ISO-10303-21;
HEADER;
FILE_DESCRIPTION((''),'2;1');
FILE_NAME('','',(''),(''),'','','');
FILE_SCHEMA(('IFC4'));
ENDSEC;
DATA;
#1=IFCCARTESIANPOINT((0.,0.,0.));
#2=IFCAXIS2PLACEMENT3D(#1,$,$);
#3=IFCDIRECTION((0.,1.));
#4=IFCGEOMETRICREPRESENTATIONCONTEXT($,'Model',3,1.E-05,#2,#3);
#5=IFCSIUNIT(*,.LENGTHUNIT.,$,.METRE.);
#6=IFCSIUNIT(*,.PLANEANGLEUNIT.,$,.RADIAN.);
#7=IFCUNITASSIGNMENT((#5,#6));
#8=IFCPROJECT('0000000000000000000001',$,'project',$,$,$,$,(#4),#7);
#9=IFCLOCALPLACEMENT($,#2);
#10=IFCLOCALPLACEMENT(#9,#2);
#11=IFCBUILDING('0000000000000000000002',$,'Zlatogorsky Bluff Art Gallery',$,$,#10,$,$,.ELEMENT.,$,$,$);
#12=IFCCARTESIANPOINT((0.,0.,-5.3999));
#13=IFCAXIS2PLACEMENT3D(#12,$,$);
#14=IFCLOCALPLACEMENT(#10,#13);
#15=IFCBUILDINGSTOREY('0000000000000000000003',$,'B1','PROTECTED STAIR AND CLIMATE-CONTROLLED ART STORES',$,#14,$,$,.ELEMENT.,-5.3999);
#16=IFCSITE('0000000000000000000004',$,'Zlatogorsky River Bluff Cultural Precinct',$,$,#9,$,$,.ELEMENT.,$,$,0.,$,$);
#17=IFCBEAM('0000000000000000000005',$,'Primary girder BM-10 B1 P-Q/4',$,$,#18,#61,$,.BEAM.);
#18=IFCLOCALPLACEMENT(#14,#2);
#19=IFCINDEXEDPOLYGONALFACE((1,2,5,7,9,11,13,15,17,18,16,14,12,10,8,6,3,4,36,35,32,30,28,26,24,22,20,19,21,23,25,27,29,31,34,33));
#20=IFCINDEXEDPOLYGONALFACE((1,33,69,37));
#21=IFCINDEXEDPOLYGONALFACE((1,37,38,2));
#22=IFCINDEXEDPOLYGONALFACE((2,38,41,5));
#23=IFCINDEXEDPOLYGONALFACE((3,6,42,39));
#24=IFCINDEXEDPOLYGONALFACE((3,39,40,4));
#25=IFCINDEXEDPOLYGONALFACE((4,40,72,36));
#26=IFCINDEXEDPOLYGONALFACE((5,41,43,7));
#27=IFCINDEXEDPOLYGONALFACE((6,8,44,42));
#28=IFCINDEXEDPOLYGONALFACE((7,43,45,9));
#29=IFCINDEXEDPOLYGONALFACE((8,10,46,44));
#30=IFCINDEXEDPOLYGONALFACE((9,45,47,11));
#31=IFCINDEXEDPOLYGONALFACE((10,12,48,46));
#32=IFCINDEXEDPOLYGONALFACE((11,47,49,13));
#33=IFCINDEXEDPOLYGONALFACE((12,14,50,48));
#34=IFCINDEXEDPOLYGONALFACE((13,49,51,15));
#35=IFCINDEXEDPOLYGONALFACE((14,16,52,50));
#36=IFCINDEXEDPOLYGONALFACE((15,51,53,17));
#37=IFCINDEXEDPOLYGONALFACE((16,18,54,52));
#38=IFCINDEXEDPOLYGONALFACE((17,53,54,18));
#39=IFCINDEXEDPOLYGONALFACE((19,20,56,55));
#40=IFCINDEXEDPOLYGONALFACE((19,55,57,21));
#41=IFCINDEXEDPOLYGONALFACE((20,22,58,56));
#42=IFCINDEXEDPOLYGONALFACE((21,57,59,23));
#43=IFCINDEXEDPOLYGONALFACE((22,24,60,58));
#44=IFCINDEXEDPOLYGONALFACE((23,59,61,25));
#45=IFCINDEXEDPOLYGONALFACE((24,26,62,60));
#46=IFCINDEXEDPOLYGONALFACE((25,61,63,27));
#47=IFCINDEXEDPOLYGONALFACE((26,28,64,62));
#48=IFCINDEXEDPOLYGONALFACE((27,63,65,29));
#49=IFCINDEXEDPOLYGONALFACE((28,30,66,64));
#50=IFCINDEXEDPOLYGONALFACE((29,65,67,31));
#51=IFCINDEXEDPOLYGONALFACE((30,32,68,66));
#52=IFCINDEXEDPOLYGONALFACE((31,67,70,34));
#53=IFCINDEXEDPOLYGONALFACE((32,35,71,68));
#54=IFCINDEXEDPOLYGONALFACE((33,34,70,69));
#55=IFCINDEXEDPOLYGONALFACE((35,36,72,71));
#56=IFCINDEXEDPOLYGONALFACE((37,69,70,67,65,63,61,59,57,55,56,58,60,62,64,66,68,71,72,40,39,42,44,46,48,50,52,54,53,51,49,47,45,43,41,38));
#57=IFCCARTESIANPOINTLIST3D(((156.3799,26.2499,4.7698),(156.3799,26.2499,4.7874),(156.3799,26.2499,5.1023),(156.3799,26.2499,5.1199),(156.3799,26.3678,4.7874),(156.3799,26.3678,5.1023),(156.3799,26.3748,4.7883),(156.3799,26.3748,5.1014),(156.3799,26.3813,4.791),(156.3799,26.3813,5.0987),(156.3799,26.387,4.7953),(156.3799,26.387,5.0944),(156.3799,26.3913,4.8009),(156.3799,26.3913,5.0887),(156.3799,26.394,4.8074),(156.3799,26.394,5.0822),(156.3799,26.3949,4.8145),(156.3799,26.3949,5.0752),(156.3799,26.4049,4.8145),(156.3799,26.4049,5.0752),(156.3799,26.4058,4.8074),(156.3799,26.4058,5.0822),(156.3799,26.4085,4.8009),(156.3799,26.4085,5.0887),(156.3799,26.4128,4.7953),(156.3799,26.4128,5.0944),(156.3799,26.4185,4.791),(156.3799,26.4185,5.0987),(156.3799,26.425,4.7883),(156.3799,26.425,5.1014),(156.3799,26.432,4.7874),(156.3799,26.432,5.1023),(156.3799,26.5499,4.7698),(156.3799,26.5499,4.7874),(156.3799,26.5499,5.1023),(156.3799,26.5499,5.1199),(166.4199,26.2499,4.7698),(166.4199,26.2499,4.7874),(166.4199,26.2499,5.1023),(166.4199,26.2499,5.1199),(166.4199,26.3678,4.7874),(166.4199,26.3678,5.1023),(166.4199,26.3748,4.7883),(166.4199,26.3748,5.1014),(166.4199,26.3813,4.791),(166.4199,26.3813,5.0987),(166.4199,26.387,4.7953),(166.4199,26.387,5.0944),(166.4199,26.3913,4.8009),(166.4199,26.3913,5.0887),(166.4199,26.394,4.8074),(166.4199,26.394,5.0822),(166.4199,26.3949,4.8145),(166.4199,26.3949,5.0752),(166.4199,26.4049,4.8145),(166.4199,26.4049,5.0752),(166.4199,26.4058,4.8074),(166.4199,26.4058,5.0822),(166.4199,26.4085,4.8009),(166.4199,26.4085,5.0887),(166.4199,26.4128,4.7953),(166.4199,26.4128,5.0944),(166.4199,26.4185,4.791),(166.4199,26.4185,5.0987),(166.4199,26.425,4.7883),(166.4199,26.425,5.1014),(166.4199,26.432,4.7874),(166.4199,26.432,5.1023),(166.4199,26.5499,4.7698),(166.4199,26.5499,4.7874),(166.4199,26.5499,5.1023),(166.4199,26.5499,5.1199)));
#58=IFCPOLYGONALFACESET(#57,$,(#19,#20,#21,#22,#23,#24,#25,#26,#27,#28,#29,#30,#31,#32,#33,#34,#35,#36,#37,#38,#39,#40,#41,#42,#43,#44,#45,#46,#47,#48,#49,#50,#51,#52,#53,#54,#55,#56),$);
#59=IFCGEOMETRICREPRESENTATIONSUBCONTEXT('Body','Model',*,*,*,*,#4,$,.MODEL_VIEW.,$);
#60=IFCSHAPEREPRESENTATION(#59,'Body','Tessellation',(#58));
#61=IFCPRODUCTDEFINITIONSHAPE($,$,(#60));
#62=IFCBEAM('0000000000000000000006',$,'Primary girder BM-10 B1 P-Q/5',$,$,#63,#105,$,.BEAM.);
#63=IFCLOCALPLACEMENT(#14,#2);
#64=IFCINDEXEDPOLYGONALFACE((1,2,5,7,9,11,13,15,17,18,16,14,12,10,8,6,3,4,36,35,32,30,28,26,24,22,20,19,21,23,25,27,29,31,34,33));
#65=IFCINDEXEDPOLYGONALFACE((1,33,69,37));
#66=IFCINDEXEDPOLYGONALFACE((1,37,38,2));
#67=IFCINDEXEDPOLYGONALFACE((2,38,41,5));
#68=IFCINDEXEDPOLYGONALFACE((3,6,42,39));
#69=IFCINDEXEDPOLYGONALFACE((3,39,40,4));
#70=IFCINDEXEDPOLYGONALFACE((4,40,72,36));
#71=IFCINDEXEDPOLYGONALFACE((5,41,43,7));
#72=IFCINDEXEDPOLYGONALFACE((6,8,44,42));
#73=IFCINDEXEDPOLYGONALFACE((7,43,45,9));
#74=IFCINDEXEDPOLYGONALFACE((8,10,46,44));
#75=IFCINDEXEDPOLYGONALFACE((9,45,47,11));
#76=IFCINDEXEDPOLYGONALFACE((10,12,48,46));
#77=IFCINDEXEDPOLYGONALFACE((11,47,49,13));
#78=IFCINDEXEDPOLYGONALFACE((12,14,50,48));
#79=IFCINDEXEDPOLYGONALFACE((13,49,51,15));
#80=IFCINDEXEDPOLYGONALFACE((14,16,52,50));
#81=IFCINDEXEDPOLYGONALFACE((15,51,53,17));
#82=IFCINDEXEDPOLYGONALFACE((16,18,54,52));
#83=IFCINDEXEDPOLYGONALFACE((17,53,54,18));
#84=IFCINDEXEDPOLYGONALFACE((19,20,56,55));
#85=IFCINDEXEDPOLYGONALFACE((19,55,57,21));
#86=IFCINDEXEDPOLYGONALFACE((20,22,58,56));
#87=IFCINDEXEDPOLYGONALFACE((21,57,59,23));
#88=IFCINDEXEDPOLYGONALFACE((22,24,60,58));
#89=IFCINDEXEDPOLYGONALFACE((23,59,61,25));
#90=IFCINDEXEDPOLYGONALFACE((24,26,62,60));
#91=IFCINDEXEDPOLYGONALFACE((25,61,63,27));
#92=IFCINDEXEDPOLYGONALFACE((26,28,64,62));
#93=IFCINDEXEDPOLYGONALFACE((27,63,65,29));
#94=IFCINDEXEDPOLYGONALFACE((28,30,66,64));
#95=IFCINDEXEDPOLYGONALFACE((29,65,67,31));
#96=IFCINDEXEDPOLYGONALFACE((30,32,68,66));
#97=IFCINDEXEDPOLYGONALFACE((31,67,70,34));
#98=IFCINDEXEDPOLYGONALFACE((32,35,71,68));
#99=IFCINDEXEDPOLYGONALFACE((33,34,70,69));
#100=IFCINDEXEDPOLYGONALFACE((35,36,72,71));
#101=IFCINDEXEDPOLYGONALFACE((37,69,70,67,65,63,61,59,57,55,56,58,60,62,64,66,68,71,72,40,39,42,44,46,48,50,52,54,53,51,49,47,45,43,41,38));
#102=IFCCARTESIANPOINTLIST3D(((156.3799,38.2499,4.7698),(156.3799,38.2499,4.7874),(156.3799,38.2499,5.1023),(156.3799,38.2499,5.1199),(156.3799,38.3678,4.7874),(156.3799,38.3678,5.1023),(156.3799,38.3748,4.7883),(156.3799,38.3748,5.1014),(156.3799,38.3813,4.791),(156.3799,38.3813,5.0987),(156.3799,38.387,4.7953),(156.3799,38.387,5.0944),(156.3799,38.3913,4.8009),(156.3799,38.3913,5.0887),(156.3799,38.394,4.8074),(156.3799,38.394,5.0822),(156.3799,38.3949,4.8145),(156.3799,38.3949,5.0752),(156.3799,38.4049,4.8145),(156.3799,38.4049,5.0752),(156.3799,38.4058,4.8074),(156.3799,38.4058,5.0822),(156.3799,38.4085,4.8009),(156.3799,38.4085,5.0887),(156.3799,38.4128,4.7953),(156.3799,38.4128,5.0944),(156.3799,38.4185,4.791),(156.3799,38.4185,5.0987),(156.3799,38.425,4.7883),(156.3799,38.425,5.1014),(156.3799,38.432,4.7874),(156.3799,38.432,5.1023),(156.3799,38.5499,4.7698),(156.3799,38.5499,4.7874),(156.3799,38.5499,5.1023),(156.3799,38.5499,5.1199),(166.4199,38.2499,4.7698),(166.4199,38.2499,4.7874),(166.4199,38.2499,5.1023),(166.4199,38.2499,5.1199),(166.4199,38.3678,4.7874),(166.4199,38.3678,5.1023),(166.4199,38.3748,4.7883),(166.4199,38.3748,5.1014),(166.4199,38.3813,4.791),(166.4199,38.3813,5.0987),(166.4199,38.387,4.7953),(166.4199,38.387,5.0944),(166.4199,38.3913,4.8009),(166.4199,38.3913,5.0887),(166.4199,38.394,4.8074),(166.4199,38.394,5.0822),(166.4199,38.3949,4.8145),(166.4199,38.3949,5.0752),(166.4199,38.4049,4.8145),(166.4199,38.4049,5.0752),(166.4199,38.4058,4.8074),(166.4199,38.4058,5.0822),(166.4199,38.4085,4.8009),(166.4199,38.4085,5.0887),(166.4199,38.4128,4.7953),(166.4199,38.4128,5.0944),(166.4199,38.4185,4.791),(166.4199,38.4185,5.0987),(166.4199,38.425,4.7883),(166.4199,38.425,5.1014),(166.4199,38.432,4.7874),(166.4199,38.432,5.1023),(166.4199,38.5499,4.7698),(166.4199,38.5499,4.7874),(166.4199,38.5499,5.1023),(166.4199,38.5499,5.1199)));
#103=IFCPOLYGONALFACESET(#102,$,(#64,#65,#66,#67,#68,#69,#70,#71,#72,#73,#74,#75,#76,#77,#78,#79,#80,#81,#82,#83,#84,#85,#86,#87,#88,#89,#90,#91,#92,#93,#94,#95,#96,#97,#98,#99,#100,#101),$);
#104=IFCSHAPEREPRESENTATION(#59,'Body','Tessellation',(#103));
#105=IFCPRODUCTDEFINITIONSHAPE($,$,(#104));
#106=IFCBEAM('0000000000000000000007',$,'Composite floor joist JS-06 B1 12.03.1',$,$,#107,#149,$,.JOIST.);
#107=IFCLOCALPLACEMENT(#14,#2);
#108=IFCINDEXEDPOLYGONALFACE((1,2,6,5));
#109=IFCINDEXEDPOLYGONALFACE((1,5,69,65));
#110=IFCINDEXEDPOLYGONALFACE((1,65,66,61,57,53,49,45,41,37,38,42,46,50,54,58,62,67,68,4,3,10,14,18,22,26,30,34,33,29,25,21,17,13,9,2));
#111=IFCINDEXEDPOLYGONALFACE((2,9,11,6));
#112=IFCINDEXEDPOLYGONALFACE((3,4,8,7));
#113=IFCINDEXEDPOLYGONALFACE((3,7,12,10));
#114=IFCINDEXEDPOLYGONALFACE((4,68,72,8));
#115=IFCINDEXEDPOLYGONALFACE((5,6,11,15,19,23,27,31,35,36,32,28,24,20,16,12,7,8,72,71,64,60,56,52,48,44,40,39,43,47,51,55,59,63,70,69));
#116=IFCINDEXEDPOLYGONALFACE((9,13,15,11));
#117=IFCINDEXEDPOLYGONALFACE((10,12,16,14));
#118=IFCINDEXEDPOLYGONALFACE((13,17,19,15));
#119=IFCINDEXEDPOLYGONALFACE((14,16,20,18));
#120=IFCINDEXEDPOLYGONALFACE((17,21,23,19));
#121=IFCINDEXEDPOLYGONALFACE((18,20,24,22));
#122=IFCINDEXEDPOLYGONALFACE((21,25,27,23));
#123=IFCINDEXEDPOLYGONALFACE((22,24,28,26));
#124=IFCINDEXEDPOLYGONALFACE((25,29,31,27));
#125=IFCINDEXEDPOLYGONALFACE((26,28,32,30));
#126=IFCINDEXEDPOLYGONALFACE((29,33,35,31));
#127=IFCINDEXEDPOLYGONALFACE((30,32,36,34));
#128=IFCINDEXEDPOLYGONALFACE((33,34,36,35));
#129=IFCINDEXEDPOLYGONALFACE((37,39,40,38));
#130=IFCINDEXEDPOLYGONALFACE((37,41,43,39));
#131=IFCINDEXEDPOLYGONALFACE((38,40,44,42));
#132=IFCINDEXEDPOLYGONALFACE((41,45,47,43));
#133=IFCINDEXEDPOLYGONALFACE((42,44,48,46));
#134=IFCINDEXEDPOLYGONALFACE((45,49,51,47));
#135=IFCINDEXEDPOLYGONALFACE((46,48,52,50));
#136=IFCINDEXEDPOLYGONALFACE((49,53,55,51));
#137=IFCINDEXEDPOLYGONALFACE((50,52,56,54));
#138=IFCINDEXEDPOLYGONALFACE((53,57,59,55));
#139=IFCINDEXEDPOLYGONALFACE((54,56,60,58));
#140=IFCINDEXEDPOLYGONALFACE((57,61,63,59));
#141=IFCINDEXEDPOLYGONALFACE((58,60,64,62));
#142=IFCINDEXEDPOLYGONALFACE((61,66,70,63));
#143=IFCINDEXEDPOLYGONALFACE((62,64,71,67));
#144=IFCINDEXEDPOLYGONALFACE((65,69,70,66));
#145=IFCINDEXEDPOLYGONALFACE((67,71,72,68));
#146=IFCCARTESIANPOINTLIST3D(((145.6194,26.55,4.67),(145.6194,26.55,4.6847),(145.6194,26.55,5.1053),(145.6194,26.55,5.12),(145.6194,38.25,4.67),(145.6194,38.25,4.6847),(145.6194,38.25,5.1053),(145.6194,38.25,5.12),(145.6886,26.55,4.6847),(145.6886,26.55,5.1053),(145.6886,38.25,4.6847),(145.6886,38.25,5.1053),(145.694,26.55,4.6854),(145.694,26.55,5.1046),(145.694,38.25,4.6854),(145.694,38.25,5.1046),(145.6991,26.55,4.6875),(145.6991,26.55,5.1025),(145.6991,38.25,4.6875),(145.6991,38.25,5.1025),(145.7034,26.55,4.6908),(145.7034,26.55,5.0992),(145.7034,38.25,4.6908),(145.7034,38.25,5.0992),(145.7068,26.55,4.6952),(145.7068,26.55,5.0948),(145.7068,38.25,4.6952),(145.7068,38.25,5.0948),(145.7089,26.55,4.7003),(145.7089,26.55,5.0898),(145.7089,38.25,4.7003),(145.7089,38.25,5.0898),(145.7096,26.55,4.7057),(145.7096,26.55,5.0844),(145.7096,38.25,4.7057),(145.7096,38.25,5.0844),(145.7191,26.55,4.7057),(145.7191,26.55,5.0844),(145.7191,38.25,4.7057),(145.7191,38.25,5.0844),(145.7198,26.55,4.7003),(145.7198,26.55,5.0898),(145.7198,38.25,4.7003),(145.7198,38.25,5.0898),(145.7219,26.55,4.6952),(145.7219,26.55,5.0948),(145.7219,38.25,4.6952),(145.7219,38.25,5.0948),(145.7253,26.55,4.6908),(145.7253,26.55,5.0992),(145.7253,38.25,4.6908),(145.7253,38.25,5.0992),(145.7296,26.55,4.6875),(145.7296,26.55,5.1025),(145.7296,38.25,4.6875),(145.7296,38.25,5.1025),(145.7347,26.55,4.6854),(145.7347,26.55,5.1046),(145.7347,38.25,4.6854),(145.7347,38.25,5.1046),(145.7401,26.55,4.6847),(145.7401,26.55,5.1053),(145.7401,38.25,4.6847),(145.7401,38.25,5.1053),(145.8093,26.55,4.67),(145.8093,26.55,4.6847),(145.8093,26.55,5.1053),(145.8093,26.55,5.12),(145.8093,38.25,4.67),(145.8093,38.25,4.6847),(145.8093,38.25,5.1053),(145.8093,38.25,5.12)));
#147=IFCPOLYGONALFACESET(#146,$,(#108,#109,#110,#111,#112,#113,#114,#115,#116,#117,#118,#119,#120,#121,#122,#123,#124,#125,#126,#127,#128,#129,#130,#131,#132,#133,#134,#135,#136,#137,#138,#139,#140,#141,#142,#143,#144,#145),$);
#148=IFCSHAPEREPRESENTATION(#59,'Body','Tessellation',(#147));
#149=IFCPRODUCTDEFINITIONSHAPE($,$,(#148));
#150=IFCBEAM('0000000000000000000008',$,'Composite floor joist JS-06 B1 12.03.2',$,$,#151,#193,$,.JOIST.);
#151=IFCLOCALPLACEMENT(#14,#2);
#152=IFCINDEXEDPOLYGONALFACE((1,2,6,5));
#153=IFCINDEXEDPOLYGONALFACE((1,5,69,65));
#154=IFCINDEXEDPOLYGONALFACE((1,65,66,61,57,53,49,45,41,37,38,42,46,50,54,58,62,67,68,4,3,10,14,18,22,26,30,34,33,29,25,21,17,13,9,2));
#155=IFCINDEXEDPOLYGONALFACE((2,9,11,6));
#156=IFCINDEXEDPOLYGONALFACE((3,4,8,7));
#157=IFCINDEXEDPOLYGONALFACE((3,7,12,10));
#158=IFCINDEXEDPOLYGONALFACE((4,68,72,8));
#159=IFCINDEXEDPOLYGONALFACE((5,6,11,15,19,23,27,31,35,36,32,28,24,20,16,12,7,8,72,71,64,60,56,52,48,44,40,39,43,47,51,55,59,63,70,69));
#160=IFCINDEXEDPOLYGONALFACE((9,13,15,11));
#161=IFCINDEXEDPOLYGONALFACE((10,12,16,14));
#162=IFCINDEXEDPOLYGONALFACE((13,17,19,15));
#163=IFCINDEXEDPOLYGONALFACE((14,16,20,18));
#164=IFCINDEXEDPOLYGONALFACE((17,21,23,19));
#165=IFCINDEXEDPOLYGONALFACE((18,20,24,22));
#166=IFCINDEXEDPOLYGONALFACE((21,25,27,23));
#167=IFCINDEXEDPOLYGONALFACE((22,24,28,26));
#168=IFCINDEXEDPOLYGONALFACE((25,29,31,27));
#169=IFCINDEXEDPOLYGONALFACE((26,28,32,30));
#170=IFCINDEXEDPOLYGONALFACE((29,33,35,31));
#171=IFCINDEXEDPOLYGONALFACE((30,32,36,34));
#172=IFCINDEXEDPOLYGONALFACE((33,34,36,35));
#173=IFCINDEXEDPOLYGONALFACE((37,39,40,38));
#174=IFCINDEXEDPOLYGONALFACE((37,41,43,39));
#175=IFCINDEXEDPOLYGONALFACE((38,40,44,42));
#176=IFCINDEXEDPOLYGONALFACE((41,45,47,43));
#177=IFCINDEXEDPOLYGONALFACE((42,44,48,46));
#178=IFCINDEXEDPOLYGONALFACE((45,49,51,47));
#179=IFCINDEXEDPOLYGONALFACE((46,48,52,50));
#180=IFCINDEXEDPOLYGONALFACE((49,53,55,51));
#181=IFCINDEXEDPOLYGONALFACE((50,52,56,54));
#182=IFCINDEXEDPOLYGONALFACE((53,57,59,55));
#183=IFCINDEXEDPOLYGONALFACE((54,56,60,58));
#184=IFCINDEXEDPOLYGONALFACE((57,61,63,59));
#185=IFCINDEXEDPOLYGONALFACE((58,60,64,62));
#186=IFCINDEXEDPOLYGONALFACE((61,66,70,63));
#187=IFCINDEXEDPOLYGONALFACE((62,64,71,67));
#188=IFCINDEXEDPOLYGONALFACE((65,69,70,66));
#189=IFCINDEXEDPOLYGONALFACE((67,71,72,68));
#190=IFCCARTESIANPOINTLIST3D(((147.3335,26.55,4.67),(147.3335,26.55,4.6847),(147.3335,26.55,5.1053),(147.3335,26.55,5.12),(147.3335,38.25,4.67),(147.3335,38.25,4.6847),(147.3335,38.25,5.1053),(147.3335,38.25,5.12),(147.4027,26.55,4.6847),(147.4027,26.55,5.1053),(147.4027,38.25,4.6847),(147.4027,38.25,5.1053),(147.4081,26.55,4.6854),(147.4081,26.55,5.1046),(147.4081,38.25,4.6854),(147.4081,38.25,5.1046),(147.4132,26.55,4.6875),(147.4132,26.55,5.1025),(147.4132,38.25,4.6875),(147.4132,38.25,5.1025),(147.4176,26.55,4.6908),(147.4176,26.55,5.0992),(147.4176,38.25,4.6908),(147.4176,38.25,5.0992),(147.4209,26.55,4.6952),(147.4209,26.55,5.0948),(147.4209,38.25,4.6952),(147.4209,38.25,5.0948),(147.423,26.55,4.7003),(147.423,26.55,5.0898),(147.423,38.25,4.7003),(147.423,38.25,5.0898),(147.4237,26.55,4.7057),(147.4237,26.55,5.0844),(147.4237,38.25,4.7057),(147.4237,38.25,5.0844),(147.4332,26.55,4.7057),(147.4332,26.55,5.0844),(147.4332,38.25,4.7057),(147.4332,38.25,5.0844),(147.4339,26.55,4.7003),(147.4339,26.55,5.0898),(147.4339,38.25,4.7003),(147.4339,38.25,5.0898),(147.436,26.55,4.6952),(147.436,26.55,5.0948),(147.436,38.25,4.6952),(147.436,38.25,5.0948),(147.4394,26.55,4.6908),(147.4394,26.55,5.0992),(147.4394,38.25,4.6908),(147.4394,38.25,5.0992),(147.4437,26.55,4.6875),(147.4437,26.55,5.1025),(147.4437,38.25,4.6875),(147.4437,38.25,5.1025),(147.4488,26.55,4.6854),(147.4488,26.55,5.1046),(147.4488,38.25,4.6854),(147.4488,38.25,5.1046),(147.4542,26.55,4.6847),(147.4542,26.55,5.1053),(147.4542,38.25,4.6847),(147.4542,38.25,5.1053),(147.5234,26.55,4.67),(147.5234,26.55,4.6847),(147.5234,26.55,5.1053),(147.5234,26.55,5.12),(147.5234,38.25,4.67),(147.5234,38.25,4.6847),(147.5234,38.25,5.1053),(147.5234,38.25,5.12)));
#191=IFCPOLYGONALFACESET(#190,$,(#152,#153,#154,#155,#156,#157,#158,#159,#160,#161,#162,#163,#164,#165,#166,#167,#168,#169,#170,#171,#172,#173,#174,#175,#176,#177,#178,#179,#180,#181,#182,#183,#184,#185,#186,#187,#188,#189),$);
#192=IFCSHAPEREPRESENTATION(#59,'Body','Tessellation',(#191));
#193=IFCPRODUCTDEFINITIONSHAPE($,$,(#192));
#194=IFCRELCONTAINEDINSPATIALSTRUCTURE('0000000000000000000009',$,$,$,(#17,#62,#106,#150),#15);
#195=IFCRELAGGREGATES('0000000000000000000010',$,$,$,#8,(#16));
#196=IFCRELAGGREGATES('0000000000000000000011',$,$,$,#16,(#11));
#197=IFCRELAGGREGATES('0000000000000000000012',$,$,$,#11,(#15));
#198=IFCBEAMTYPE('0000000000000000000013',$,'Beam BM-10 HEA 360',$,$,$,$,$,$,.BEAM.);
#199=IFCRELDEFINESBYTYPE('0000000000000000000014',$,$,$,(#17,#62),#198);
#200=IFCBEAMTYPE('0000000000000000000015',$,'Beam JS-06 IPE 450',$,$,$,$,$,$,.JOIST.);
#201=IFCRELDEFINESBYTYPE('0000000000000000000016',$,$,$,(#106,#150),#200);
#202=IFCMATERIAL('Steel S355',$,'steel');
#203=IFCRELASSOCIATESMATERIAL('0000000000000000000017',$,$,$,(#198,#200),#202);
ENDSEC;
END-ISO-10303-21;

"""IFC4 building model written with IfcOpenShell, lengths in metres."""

from ifc_helpers import new_model, si_unit, direction, frame, origin, origin_2d, place, context, subcontext, project, spatial, i_section, extrude, material, material_profile, profile_set, type_object, element, save


model = new_model("IFC4")

# Units and contexts
model_context = context("Model", 3, precision=1e-05, world=origin(), true_north=direction((0.0, 1.0)))
body_context = subcontext(model_context, "Body", "Model", "MODEL_VIEW")
ifc_project = project(units=[si_unit("LENGTHUNIT", "METRE"), si_unit("PLANEANGLEUNIT", "RADIAN")], contexts=[model_context])

# Site, building, storey
site_placement = place(None, origin())
site = spatial("IfcSite", under=ifc_project, at=site_placement, Name="Zlatogorsky River Bluff Cultural Precinct", CompositionType="ELEMENT", RefElevation=0.0)
building_placement = place(site_placement, origin())
building = spatial("IfcBuilding", under=site, at=building_placement, Name="Zlatogorsky Bluff Art Gallery", CompositionType="ELEMENT")
storey_placement = place(building_placement, frame((0.0, 0.0, -5.3999)))
storey = spatial("IfcBuildingStorey", under=building, at=storey_placement, Name="B1", Description="PROTECTED STAIR AND CLIMATE-CONTROLLED ART STORES", CompositionType="ELEMENT", Elevation=-5.3999)

# Beams
ifc_material_1 = material(Name="Steel S355", Category="steel")
ifc_material_profile_1 = material_profile(ifc_material_1, i_section(OverallWidth=0.3, OverallDepth=0.3501, WebThickness=0.01, FlangeThickness=0.0176, FilletRadius=0.0271, at=origin_2d()), Name="HEA 360")
ifc_profile_set_1 = profile_set([ifc_material_profile_1], Name="Steel S355")
beam_type_1 = type_object("IfcBeamType", Name="Beam BM-10 HEA 360", PredefinedType="BEAM", material=ifc_profile_set_1)
for number, where, z_axis, x_axis, name in (
    (1, (156.3799, 26.3999, 4.9448), (1.0, 0.0, 0.0), (0.0, 1.0, 0.0), "Primary girder BM-10 B1 P-Q/4"),
    (2, (156.3799, 38.3999, 4.9448), (1.0, 0.0, 0.0), (0.0, 1.0, 0.0), "Primary girder BM-10 B1 P-Q/5"),
):
    element("IfcBeam", number, at=place(storey_placement, frame(where, z_axis=z_axis, x_axis=x_axis)), inside=storey, type_object=beam_type_1, Name=name, PredefinedType="BEAM", context=body_context, shape_type="SweptSolid", body=[
        extrude(i_section(OverallWidth=0.3, OverallDepth=0.3501, WebThickness=0.01, FlangeThickness=0.0176, FilletRadius=0.0271, at=origin_2d()), origin(), (0.0, 0.0, 1.0), 10.04),
    ])
ifc_material_profile_2 = material_profile(ifc_material_1, i_section(OverallWidth=0.1899, OverallDepth=0.45, WebThickness=0.0095, FlangeThickness=0.0146, FilletRadius=0.021, at=origin_2d()), Name="IPE 450")
ifc_profile_set_2 = profile_set([ifc_material_profile_2], Name="Steel S355")
beam_type_2 = type_object("IfcBeamType", Name="Beam JS-06 IPE 450", PredefinedType="JOIST", material=ifc_profile_set_2)
for number, where, z_axis, x_axis, name in (
    (3, (145.7144, 26.55, 4.895), (0.0, 1.0, 0.0), (-1.0, 0.0, 0.0), "Composite floor joist JS-06 B1 12.03.1"),
    (4, (147.4285, 26.55, 4.895), (0.0, 1.0, 0.0), (-1.0, 0.0, 0.0), "Composite floor joist JS-06 B1 12.03.2"),
):
    element("IfcBeam", number, at=place(storey_placement, frame(where, z_axis=z_axis, x_axis=x_axis)), inside=storey, type_object=beam_type_2, Name=name, PredefinedType="JOIST", context=body_context, shape_type="SweptSolid", body=[
        extrude(i_section(OverallWidth=0.1899, OverallDepth=0.45, WebThickness=0.0095, FlangeThickness=0.0146, FilletRadius=0.021, at=origin_2d()), origin(), (0.0, 0.0, 1.0), 11.7),
    ])

save(model, "model.ifc")
